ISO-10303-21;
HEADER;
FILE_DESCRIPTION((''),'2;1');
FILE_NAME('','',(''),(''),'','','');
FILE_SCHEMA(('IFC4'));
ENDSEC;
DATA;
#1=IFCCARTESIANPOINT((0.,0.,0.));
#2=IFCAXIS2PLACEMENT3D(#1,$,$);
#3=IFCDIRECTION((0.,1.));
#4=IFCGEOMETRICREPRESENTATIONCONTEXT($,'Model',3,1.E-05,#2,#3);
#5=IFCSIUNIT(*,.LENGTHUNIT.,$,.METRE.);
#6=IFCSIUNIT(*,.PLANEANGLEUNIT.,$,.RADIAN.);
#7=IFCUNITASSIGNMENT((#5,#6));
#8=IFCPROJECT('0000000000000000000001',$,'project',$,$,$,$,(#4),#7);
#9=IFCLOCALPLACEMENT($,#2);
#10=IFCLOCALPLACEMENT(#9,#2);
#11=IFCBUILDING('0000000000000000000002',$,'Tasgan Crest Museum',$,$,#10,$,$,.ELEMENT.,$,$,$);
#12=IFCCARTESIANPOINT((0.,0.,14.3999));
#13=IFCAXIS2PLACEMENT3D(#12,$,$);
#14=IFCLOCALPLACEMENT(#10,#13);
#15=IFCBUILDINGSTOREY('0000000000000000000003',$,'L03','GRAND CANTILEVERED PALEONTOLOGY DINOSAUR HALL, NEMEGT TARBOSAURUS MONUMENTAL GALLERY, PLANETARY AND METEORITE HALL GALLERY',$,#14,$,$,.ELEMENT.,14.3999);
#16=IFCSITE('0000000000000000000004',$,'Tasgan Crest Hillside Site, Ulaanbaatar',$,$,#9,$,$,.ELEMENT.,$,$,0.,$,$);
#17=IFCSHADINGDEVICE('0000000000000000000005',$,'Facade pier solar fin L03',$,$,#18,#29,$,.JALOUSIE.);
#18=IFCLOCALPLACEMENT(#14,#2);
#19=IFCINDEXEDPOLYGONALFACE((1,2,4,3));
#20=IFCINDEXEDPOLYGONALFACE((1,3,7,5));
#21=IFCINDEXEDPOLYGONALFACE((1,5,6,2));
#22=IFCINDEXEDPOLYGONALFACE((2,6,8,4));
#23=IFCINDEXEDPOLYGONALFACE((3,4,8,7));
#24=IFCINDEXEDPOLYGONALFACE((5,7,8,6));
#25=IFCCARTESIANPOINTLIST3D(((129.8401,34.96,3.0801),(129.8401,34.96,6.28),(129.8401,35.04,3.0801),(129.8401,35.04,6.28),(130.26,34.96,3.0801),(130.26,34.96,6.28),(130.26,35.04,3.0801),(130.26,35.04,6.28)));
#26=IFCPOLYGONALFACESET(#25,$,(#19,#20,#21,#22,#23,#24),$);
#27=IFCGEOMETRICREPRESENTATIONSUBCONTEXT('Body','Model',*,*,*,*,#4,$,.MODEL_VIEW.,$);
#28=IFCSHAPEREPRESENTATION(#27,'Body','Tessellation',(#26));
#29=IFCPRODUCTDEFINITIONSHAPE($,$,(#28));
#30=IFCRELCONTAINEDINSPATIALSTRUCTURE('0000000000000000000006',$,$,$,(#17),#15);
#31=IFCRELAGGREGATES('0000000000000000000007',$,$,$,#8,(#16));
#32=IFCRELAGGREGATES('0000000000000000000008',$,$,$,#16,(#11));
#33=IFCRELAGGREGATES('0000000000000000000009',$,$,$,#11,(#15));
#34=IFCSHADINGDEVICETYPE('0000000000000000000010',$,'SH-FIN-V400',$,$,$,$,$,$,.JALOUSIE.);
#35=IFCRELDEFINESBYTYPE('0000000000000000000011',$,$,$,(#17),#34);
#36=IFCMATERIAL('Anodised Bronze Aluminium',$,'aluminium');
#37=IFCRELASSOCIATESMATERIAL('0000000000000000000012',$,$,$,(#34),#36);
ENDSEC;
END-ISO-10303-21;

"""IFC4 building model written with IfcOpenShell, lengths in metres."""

from ifc_helpers import new_model, si_unit, direction, frame, origin, origin_2d, place, context, subcontext, project, spatial, rectangle, extrude, material, type_object, element, save


model = new_model("IFC4")

# Units and contexts
model_context = context("Model", 3, precision=1e-05, world=origin(), true_north=direction((0.0, 1.0)))
body_context = subcontext(model_context, "Body", "Model", "MODEL_VIEW")
ifc_project = project(units=[si_unit("LENGTHUNIT", "METRE"), si_unit("PLANEANGLEUNIT", "RADIAN")], contexts=[model_context])

# Site, building, storey
site_placement = place(None, origin())
site = spatial("IfcSite", under=ifc_project, at=site_placement, Name="Tasgan Crest Hillside Site, Ulaanbaatar", CompositionType="ELEMENT", RefElevation=0.0)
building_placement = place(site_placement, origin())
building = spatial("IfcBuilding", under=site, at=building_placement, Name="Tasgan Crest Museum", CompositionType="ELEMENT")
storey_placement = place(building_placement, frame((0.0, 0.0, 14.3999)))
storey = spatial("IfcBuildingStorey", under=building, at=storey_placement, Name="L03", Description="GRAND CANTILEVERED PALEONTOLOGY DINOSAUR HALL, NEMEGT TARBOSAURUS MONUMENTAL GALLERY, PLANETARY AND METEORITE HALL GALLERY", CompositionType="ELEMENT", Elevation=14.3999)

# Shading device
ifc_material_1 = material(Name="Anodised Bronze Aluminium", Category="aluminium")
shading_device_type = type_object("IfcShadingDeviceType", Name="SH-FIN-V400", PredefinedType="JALOUSIE", material=ifc_material_1)
shading_device_placement = place(storey_placement, frame((130.05, 35.0, 3.0801), z_axis=(0.0, 0.0, 1.0), x_axis=(0.0, 1.0, 0.0)))
element("IfcShadingDevice", 1, at=shading_device_placement, inside=storey, type_object=shading_device_type, Name="Facade pier solar fin L03", PredefinedType="JALOUSIE", context=body_context, shape_type="SweptSolid", body=[
    extrude(rectangle(XDim=0.0801, YDim=0.4199, at=origin_2d()), origin(), (0.0, 0.0, 1.0), 3.2),
])

save(model, "model.ifc")
